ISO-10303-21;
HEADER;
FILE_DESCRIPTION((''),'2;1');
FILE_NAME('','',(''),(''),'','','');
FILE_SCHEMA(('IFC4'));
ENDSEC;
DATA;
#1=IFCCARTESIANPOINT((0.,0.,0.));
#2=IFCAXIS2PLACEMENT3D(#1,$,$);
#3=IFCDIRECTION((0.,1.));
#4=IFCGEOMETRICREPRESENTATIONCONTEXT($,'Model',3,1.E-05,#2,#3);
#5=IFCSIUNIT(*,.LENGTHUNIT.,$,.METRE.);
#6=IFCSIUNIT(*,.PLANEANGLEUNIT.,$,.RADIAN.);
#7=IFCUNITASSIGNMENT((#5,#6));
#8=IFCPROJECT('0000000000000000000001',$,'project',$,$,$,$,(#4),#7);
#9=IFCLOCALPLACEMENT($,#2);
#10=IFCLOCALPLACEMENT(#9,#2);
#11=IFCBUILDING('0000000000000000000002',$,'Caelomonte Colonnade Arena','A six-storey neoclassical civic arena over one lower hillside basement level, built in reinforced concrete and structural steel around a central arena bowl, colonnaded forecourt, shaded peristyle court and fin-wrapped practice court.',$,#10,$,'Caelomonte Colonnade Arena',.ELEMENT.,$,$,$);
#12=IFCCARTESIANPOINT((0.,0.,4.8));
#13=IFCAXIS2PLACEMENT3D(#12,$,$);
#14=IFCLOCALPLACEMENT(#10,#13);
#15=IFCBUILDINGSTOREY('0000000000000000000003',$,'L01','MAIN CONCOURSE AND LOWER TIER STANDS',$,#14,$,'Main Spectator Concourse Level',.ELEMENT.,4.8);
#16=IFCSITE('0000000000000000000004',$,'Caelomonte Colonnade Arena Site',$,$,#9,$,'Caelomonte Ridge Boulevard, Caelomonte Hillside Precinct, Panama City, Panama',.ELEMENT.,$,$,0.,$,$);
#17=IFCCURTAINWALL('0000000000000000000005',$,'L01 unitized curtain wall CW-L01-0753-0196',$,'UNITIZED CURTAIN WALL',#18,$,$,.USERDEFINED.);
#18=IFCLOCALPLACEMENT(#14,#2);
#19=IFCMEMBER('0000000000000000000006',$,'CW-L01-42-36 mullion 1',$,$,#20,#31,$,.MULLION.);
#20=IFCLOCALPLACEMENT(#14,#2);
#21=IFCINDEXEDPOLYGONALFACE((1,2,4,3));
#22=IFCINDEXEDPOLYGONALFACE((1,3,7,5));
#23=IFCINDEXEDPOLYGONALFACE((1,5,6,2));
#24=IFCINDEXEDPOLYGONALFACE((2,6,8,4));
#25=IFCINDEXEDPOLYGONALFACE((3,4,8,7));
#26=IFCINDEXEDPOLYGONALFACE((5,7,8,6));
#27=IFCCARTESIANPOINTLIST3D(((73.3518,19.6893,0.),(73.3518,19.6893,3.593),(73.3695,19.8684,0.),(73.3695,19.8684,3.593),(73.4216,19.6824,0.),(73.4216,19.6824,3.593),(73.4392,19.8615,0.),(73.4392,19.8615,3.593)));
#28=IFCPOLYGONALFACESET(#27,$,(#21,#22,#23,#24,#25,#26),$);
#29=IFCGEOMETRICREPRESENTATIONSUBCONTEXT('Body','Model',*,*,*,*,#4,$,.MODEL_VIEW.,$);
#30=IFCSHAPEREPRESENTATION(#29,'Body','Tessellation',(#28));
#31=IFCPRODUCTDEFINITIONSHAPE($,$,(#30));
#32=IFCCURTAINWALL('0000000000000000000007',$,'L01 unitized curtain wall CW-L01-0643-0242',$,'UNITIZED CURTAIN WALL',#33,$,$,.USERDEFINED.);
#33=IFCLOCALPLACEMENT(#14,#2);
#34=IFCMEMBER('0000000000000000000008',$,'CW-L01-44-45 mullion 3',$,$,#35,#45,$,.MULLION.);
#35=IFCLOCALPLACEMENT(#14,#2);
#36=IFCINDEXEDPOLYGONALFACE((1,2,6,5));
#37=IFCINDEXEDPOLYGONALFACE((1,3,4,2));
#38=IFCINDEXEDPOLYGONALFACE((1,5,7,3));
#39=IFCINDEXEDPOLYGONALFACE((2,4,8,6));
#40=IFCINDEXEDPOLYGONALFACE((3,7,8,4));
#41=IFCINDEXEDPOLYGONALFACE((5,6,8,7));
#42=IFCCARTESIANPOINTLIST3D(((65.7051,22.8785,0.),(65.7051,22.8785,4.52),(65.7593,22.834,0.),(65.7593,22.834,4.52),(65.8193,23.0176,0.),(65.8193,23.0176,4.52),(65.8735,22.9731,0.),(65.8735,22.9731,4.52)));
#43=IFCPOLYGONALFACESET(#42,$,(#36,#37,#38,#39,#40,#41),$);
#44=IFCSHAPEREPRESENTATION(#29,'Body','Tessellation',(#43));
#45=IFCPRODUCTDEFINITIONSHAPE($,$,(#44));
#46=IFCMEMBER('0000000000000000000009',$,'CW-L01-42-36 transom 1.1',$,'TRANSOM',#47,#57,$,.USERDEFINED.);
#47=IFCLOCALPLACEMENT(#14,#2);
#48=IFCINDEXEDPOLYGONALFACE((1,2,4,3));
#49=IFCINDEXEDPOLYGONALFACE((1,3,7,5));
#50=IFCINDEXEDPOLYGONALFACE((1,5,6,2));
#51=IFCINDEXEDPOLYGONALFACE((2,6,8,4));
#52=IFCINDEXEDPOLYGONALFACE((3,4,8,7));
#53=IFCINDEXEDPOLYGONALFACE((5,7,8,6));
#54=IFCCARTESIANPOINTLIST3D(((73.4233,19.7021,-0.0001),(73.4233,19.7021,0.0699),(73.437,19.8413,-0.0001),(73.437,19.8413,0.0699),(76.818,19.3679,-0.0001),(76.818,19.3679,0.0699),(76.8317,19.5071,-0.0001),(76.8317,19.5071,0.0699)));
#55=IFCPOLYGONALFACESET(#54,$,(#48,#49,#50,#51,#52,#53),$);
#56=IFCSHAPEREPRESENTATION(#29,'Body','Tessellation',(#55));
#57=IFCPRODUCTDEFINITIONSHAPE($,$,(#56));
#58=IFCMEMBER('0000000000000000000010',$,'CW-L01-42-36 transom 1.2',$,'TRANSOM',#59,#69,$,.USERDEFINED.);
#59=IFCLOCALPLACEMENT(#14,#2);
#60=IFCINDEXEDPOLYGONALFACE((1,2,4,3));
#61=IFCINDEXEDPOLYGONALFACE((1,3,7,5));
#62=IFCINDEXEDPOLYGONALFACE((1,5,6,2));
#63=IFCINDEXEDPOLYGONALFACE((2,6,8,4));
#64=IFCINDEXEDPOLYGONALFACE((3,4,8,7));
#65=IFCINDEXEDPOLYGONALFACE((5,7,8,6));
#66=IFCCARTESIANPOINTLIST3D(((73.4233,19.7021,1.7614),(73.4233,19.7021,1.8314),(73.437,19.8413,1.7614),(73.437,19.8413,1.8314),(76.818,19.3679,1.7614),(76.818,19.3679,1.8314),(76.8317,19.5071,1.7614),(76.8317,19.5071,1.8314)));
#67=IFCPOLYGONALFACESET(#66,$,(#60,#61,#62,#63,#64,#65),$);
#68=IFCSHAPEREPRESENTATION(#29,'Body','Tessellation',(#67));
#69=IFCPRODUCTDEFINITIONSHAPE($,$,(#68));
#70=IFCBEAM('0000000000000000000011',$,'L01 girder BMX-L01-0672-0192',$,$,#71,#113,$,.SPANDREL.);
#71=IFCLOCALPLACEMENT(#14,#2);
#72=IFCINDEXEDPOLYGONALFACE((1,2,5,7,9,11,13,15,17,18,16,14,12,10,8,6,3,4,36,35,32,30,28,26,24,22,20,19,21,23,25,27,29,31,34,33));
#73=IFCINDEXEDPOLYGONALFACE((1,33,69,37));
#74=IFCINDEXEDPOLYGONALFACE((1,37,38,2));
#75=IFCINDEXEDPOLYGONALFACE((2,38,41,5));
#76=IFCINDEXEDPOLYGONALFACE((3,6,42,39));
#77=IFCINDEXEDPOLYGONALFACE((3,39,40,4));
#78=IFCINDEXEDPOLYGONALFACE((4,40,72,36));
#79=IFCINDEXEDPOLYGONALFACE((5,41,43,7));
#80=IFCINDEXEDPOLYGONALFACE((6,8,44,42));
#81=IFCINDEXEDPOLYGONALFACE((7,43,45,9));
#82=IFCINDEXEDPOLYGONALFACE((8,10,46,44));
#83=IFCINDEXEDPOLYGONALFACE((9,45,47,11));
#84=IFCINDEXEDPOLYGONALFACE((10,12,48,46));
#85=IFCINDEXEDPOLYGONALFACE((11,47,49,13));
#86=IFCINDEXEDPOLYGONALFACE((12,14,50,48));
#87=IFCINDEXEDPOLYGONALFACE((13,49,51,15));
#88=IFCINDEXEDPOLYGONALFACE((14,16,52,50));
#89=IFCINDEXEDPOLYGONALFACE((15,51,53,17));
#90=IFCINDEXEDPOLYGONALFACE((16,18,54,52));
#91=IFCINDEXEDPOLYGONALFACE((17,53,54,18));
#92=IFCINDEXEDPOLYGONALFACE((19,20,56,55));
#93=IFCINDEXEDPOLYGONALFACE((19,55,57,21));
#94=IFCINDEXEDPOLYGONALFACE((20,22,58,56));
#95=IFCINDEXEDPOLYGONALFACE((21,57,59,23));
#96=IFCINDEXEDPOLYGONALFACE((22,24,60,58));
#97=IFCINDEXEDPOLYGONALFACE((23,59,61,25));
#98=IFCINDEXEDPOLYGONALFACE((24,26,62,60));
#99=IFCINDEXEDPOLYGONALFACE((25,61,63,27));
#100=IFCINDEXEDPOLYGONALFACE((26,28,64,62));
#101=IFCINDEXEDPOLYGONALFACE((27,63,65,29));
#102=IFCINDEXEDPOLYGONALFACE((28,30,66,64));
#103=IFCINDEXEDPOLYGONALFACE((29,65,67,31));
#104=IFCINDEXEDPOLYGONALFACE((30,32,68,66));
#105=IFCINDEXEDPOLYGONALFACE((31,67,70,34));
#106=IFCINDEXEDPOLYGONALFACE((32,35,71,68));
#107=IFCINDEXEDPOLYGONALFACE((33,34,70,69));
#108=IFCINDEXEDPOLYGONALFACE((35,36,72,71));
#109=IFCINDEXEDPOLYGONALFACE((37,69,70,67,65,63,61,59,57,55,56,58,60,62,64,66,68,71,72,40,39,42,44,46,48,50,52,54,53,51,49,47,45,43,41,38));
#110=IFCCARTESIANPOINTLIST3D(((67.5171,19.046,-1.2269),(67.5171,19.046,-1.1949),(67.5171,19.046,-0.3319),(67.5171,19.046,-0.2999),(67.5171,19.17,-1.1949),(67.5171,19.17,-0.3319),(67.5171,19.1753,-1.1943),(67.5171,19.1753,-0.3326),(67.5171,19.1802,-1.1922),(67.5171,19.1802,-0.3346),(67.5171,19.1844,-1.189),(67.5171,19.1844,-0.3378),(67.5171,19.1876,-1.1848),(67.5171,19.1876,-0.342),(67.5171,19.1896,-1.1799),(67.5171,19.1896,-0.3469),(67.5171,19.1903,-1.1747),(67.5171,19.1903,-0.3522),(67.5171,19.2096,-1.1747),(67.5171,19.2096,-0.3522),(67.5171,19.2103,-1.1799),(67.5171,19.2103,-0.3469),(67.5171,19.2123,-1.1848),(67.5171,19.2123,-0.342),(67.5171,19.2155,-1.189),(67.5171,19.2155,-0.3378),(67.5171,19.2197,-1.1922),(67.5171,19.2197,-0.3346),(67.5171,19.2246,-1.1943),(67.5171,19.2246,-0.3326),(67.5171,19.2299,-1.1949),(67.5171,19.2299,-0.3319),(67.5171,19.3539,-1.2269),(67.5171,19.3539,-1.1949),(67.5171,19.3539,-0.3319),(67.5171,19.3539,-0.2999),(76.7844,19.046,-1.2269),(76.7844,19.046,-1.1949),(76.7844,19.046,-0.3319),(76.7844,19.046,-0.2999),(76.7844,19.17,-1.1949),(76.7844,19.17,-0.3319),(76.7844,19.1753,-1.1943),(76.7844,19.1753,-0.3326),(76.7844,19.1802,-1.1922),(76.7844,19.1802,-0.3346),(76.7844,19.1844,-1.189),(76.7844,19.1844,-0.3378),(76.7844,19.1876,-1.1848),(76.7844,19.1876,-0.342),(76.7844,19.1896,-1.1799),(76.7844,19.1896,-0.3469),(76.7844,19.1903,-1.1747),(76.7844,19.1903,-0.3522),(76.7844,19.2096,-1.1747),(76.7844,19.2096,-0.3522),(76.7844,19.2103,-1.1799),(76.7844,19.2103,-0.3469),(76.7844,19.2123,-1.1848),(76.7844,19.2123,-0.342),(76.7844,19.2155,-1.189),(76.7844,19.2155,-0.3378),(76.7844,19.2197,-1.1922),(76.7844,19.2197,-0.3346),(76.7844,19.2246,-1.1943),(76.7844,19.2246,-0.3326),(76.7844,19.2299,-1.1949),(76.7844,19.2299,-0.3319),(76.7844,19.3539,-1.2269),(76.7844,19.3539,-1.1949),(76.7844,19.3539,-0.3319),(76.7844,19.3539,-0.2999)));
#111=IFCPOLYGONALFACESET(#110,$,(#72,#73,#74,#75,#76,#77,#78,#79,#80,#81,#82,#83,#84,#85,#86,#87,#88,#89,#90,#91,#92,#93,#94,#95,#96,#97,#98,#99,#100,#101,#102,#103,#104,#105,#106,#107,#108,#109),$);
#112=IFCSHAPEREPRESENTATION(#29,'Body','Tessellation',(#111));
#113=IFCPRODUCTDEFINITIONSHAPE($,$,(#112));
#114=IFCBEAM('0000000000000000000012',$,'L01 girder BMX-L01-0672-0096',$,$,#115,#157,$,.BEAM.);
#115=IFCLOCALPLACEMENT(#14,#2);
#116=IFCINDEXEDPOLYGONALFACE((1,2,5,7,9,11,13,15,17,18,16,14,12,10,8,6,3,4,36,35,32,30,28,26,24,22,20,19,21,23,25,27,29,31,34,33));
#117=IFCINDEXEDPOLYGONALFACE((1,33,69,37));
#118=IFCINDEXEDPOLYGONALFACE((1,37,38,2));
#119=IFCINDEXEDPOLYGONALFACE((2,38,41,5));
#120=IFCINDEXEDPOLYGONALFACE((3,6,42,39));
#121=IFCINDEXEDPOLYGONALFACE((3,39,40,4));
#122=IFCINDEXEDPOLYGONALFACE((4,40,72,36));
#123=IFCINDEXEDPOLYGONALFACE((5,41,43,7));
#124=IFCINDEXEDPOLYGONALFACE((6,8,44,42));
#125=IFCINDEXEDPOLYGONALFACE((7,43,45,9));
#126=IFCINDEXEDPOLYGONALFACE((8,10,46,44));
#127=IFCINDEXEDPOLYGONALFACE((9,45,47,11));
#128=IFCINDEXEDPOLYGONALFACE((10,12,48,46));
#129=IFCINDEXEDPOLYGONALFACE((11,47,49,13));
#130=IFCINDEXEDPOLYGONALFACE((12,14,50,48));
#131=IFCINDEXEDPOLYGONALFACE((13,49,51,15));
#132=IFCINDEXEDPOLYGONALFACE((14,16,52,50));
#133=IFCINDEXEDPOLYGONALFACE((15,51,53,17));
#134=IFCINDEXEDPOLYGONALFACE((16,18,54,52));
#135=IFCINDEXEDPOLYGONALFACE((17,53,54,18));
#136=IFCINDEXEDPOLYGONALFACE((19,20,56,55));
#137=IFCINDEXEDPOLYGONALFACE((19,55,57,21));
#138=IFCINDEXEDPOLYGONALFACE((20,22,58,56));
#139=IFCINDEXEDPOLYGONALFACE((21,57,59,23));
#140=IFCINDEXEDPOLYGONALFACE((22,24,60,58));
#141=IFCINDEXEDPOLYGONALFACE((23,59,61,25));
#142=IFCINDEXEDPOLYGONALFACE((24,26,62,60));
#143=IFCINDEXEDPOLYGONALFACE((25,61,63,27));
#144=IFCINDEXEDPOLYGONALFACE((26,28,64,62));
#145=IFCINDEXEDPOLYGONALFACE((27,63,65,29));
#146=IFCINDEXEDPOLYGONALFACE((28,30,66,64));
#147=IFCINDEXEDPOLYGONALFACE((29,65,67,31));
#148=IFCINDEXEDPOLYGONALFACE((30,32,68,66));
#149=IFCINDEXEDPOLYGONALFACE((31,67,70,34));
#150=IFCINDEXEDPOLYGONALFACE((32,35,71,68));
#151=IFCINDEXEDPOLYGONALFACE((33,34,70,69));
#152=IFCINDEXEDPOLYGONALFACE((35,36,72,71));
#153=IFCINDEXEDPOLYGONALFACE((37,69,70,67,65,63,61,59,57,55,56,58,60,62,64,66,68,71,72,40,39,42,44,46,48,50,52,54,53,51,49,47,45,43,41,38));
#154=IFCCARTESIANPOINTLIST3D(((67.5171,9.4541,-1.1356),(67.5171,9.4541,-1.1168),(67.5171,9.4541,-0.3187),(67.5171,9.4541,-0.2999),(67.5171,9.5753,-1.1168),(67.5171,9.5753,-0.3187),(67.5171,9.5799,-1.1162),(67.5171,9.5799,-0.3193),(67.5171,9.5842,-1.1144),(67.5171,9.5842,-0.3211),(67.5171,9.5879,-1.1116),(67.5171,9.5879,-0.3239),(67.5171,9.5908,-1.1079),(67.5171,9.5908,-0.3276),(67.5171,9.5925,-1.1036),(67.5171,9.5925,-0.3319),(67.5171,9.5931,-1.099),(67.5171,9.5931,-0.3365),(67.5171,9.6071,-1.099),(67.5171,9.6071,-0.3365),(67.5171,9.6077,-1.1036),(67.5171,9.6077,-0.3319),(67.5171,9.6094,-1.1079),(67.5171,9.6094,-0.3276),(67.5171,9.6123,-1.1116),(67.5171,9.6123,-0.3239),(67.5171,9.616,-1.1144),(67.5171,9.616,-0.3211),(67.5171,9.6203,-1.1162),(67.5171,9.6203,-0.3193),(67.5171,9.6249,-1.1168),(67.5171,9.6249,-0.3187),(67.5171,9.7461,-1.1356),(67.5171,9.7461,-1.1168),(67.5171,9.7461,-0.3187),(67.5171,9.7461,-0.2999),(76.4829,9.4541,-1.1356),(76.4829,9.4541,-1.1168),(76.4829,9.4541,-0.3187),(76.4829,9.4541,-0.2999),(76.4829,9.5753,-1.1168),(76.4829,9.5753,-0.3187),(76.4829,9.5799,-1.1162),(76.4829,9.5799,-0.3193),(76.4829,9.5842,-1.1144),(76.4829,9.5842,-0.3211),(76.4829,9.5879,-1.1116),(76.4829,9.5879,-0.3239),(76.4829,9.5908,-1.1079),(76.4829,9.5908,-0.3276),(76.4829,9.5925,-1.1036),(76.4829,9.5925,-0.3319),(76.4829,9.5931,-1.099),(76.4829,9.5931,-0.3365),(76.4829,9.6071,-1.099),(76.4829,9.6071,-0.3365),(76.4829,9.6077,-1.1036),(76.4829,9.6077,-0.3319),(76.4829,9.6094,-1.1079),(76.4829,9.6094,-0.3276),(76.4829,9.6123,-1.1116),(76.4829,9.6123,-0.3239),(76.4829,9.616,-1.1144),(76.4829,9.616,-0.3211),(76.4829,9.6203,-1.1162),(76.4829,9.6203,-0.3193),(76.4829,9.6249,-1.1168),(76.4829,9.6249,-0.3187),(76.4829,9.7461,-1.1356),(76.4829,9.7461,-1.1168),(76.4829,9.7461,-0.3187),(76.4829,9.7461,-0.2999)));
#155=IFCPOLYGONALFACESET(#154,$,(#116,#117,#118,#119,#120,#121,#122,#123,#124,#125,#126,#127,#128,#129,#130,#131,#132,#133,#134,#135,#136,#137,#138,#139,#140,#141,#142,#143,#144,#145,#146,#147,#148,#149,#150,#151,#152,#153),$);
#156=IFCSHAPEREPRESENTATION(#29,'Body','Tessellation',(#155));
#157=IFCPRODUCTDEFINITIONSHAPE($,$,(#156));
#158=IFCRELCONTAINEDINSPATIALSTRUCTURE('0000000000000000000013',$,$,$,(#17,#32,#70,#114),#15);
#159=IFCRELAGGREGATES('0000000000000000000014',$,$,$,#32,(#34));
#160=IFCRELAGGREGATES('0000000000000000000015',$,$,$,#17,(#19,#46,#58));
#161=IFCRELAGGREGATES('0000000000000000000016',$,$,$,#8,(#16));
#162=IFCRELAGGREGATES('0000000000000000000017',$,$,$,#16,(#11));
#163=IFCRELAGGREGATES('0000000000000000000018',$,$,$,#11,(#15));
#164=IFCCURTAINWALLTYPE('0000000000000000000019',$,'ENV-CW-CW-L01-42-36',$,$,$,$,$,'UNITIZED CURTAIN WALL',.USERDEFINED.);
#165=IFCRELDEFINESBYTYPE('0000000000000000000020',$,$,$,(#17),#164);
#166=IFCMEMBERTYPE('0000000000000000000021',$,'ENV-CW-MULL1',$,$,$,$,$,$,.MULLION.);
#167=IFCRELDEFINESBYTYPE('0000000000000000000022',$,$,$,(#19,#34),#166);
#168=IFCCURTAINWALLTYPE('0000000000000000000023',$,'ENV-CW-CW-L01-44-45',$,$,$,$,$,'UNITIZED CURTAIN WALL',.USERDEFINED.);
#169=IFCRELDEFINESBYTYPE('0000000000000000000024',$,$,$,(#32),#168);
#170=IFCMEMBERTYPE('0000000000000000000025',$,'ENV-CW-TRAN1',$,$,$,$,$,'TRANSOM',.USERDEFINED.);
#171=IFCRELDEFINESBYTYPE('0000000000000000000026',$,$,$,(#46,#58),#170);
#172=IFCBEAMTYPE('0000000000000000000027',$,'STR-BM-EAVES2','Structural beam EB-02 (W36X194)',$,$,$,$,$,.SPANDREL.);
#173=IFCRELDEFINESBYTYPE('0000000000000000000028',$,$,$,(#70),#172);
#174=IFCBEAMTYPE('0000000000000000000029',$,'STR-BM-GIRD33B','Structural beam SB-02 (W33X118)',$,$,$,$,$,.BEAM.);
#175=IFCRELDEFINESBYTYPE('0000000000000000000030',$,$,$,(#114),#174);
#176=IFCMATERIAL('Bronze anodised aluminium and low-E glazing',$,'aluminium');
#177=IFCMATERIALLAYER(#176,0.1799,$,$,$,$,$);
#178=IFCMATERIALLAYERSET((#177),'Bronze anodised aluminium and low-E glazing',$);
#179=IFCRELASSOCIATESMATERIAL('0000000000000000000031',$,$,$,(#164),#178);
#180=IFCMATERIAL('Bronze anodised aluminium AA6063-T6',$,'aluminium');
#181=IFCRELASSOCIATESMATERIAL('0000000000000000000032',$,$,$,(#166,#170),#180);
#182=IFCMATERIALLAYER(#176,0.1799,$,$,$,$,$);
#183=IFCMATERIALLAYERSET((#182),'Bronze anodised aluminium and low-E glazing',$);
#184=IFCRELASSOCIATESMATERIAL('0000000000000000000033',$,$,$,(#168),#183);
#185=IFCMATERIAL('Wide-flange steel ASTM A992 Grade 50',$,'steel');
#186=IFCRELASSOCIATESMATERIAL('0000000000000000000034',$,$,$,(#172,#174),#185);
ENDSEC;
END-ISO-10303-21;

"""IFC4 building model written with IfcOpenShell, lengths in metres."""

from ifc_helpers import new_model, si_unit, direction, frame, origin, origin_2d, place, context, subcontext, project, spatial, rectangle, i_section, extrude, material, layer, layer_set, material_profile, profile_set, type_object, element, aggregate, save


model = new_model("IFC4")

# Units and contexts
model_context = context("Model", 3, precision=1e-05, world=origin(), true_north=direction((0.0, 1.0)))
body_context = subcontext(model_context, "Body", "Model", "MODEL_VIEW")
ifc_project = project(units=[si_unit("LENGTHUNIT", "METRE"), si_unit("PLANEANGLEUNIT", "RADIAN")], contexts=[model_context])

# Site, building, storey
site_placement = place(None, origin())
site = spatial("IfcSite", under=ifc_project, at=site_placement, Name="Caelomonte Colonnade Arena Site", LongName="Caelomonte Ridge Boulevard, Caelomonte Hillside Precinct, Panama City, Panama", CompositionType="ELEMENT", RefElevation=0.0)
building_placement = place(site_placement, origin())
building = spatial("IfcBuilding", under=site, at=building_placement, Name="Caelomonte Colonnade Arena", Description="A six-storey neoclassical civic arena over one lower hillside basement level, built in reinforced concrete and structural steel around a central arena bowl, colonnaded forecourt, shaded peristyle court and fin-wrapped practice court.", LongName="Caelomonte Colonnade Arena", CompositionType="ELEMENT")
storey_placement = place(building_placement, frame((0.0, 0.0, 4.8)))
storey = spatial("IfcBuildingStorey", under=building, at=storey_placement, Name="L01", Description="MAIN CONCOURSE AND LOWER TIER STANDS", LongName="Main Spectator Concourse Level", CompositionType="ELEMENT", Elevation=4.8)

# Curtain walls, members
ifc_material_1 = material(Name="Bronze anodised aluminium and low-E glazing", Category="aluminium")
ifc_layer_1 = layer(ifc_material_1, 0.1799)
ifc_layer_set_1 = layer_set([ifc_layer_1], Name="Bronze anodised aluminium and low-E glazing")
curtain_wall_type_1 = type_object("IfcCurtainWallType", Name="ENV-CW-CW-L01-42-36", ElementType="UNITIZED CURTAIN WALL", PredefinedType="USERDEFINED", material=ifc_layer_set_1)
curtain_wall_1_placement = place(storey_placement, origin())
curtain_wall_1 = element("IfcCurtainWall", 1, at=curtain_wall_1_placement, inside=storey, type_object=curtain_wall_type_1, Name="L01 unitized curtain wall CW-L01-0753-0196", ObjectType="UNITIZED CURTAIN WALL", PredefinedType="USERDEFINED")
ifc_material_2 = material(Name="Bronze anodised aluminium AA6063-T6", Category="aluminium")
ifc_material_profile_1 = material_profile(ifc_material_2, rectangle(XDim=0.0701, YDim=0.1799, at=origin_2d()), Name="CWM-70X180")
ifc_profile_set_1 = profile_set([ifc_material_profile_1], Name="Bronze anodised aluminium AA6063-T6")
member_type_1 = type_object("IfcMemberType", Name="ENV-CW-MULL1", PredefinedType="MULLION", material=ifc_profile_set_1)
member_1_placement = place(storey_placement, frame((73.3955, 19.7754, 0.0), z_axis=(0.0, 0.0, 1.0), x_axis=(0.995184, -0.098023, 0.0)))
member_1 = element("IfcMember", 2, at=member_1_placement, type_object=member_type_1, Name="CW-L01-42-36 mullion 1", PredefinedType="MULLION", context=body_context, shape_type="SweptSolid", body=[
    extrude(rectangle(XDim=0.0701, YDim=0.1799, at=origin_2d()), origin(), (0.0, 0.0, 1.0), 3.593),
])
ifc_layer_2 = layer(ifc_material_1, 0.1799)
ifc_layer_set_2 = layer_set([ifc_layer_2], Name="Bronze anodised aluminium and low-E glazing")
curtain_wall_type_2 = type_object("IfcCurtainWallType", Name="ENV-CW-CW-L01-44-45", ElementType="UNITIZED CURTAIN WALL", PredefinedType="USERDEFINED", material=ifc_layer_set_2)
curtain_wall_2_placement = place(storey_placement, origin())
curtain_wall_2 = element("IfcCurtainWall", 3, at=curtain_wall_2_placement, inside=storey, type_object=curtain_wall_type_2, Name="L01 unitized curtain wall CW-L01-0643-0242", ObjectType="UNITIZED CURTAIN WALL", PredefinedType="USERDEFINED")
member_2_placement = place(storey_placement, frame((65.7893, 22.9258, 0.0), z_axis=(0.0, 0.0, 1.0), x_axis=(0.772992, -0.634416, 0.0)))
member_2 = element("IfcMember", 4, at=member_2_placement, type_object=member_type_1, Name="CW-L01-44-45 mullion 3", PredefinedType="MULLION", context=body_context, shape_type="SweptSolid", body=[
    extrude(rectangle(XDim=0.0701, YDim=0.1799, at=origin_2d()), origin(), (0.0, 0.0, 1.0), 4.52),
])
aggregate(curtain_wall_2, [member_2])

# Members
ifc_material_profile_2 = material_profile(ifc_material_2, rectangle(XDim=0.0701, YDim=0.1399, at=origin_2d()), Name="CWT-70X140")
ifc_profile_set_2 = profile_set([ifc_material_profile_2], Name="Bronze anodised aluminium AA6063-T6")
member_type_2 = type_object("IfcMemberType", Name="ENV-CW-TRAN1", ElementType="TRANSOM", PredefinedType="USERDEFINED", material=ifc_profile_set_2)
member_3_placement = place(storey_placement, frame((73.4302, 19.7717, 0.0349), z_axis=(0.995188, -0.09798, 0.0), x_axis=(0.0, 0.0, 1.0)))
member_3 = element("IfcMember", 5, at=member_3_placement, type_object=member_type_2, Name="CW-L01-42-36 transom 1.1", ObjectType="TRANSOM", PredefinedType="USERDEFINED", context=body_context, shape_type="SweptSolid", body=[
    extrude(rectangle(XDim=0.0701, YDim=0.1399, at=origin_2d()), origin(), (0.0, 0.0, 1.0), 3.4111),
])
member_4_placement = place(storey_placement, frame((73.4302, 19.7717, 1.7964), z_axis=(0.995188, -0.09798, 0.0), x_axis=(0.0, 0.0, 1.0)))
member_4 = element("IfcMember", 6, at=member_4_placement, type_object=member_type_2, Name="CW-L01-42-36 transom 1.2", ObjectType="TRANSOM", PredefinedType="USERDEFINED", context=body_context, shape_type="SweptSolid", body=[
    extrude(rectangle(XDim=0.0701, YDim=0.1399, at=origin_2d()), origin(), (0.0, 0.0, 1.0), 3.4111),
])
aggregate(curtain_wall_1, [member_1, member_3, member_4])

# Beams
ifc_material_3 = material(Name="Wide-flange steel ASTM A992 Grade 50", Category="steel")
ifc_material_profile_3 = material_profile(ifc_material_3, i_section(OverallWidth=0.3079, OverallDepth=0.927, WebThickness=0.0193, FlangeThickness=0.032, FilletRadius=0.0203, at=origin_2d()), Name="W36X194")
ifc_profile_set_3 = profile_set([ifc_material_profile_3], Name="Wide-flange steel ASTM A992 Grade 50")
beam_type_1 = type_object("IfcBeamType", Name="STR-BM-EAVES2", Description="Structural beam EB-02 (W36X194)", PredefinedType="SPANDREL", material=ifc_profile_set_3)
beam_1_placement = place(storey_placement, frame((67.5171, 19.2, -0.7634), z_axis=(1.0, 0.0, 0.0), x_axis=(0.0, 1.0, 0.0)))
element("IfcBeam", 7, at=beam_1_placement, inside=storey, type_object=beam_type_1, Name="L01 girder BMX-L01-0672-0192", PredefinedType="SPANDREL", context=body_context, shape_type="SweptSolid", body=[
    extrude(i_section(OverallWidth=0.3079, OverallDepth=0.927, WebThickness=0.0193, FlangeThickness=0.032, FilletRadius=0.0203, at=origin_2d()), origin(), (0.0, 0.0, 1.0), 9.2673),
])
ifc_material_profile_4 = material_profile(ifc_material_3, i_section(OverallWidth=0.292, OverallDepth=0.8357, WebThickness=0.0139, FlangeThickness=0.0188, FilletRadius=0.0178, at=origin_2d()), Name="W33X118")
ifc_profile_set_4 = profile_set([ifc_material_profile_4], Name="Wide-flange steel ASTM A992 Grade 50")
beam_type_2 = type_object("IfcBeamType", Name="STR-BM-GIRD33B", Description="Structural beam SB-02 (W33X118)", PredefinedType="BEAM", material=ifc_profile_set_4)
beam_2_placement = place(storey_placement, frame((67.5171, 9.6001, -0.7178), z_axis=(1.0, 0.0, 0.0), x_axis=(0.0, 1.0, 0.0)))
element("IfcBeam", 8, at=beam_2_placement, inside=storey, type_object=beam_type_2, Name="L01 girder BMX-L01-0672-0096", PredefinedType="BEAM", context=body_context, shape_type="SweptSolid", body=[
    extrude(i_section(OverallWidth=0.292, OverallDepth=0.8357, WebThickness=0.0139, FlangeThickness=0.0188, FilletRadius=0.0178, at=origin_2d()), origin(), (0.0, 0.0, 1.0), 8.9658),
])

save(model, "model.ifc")
